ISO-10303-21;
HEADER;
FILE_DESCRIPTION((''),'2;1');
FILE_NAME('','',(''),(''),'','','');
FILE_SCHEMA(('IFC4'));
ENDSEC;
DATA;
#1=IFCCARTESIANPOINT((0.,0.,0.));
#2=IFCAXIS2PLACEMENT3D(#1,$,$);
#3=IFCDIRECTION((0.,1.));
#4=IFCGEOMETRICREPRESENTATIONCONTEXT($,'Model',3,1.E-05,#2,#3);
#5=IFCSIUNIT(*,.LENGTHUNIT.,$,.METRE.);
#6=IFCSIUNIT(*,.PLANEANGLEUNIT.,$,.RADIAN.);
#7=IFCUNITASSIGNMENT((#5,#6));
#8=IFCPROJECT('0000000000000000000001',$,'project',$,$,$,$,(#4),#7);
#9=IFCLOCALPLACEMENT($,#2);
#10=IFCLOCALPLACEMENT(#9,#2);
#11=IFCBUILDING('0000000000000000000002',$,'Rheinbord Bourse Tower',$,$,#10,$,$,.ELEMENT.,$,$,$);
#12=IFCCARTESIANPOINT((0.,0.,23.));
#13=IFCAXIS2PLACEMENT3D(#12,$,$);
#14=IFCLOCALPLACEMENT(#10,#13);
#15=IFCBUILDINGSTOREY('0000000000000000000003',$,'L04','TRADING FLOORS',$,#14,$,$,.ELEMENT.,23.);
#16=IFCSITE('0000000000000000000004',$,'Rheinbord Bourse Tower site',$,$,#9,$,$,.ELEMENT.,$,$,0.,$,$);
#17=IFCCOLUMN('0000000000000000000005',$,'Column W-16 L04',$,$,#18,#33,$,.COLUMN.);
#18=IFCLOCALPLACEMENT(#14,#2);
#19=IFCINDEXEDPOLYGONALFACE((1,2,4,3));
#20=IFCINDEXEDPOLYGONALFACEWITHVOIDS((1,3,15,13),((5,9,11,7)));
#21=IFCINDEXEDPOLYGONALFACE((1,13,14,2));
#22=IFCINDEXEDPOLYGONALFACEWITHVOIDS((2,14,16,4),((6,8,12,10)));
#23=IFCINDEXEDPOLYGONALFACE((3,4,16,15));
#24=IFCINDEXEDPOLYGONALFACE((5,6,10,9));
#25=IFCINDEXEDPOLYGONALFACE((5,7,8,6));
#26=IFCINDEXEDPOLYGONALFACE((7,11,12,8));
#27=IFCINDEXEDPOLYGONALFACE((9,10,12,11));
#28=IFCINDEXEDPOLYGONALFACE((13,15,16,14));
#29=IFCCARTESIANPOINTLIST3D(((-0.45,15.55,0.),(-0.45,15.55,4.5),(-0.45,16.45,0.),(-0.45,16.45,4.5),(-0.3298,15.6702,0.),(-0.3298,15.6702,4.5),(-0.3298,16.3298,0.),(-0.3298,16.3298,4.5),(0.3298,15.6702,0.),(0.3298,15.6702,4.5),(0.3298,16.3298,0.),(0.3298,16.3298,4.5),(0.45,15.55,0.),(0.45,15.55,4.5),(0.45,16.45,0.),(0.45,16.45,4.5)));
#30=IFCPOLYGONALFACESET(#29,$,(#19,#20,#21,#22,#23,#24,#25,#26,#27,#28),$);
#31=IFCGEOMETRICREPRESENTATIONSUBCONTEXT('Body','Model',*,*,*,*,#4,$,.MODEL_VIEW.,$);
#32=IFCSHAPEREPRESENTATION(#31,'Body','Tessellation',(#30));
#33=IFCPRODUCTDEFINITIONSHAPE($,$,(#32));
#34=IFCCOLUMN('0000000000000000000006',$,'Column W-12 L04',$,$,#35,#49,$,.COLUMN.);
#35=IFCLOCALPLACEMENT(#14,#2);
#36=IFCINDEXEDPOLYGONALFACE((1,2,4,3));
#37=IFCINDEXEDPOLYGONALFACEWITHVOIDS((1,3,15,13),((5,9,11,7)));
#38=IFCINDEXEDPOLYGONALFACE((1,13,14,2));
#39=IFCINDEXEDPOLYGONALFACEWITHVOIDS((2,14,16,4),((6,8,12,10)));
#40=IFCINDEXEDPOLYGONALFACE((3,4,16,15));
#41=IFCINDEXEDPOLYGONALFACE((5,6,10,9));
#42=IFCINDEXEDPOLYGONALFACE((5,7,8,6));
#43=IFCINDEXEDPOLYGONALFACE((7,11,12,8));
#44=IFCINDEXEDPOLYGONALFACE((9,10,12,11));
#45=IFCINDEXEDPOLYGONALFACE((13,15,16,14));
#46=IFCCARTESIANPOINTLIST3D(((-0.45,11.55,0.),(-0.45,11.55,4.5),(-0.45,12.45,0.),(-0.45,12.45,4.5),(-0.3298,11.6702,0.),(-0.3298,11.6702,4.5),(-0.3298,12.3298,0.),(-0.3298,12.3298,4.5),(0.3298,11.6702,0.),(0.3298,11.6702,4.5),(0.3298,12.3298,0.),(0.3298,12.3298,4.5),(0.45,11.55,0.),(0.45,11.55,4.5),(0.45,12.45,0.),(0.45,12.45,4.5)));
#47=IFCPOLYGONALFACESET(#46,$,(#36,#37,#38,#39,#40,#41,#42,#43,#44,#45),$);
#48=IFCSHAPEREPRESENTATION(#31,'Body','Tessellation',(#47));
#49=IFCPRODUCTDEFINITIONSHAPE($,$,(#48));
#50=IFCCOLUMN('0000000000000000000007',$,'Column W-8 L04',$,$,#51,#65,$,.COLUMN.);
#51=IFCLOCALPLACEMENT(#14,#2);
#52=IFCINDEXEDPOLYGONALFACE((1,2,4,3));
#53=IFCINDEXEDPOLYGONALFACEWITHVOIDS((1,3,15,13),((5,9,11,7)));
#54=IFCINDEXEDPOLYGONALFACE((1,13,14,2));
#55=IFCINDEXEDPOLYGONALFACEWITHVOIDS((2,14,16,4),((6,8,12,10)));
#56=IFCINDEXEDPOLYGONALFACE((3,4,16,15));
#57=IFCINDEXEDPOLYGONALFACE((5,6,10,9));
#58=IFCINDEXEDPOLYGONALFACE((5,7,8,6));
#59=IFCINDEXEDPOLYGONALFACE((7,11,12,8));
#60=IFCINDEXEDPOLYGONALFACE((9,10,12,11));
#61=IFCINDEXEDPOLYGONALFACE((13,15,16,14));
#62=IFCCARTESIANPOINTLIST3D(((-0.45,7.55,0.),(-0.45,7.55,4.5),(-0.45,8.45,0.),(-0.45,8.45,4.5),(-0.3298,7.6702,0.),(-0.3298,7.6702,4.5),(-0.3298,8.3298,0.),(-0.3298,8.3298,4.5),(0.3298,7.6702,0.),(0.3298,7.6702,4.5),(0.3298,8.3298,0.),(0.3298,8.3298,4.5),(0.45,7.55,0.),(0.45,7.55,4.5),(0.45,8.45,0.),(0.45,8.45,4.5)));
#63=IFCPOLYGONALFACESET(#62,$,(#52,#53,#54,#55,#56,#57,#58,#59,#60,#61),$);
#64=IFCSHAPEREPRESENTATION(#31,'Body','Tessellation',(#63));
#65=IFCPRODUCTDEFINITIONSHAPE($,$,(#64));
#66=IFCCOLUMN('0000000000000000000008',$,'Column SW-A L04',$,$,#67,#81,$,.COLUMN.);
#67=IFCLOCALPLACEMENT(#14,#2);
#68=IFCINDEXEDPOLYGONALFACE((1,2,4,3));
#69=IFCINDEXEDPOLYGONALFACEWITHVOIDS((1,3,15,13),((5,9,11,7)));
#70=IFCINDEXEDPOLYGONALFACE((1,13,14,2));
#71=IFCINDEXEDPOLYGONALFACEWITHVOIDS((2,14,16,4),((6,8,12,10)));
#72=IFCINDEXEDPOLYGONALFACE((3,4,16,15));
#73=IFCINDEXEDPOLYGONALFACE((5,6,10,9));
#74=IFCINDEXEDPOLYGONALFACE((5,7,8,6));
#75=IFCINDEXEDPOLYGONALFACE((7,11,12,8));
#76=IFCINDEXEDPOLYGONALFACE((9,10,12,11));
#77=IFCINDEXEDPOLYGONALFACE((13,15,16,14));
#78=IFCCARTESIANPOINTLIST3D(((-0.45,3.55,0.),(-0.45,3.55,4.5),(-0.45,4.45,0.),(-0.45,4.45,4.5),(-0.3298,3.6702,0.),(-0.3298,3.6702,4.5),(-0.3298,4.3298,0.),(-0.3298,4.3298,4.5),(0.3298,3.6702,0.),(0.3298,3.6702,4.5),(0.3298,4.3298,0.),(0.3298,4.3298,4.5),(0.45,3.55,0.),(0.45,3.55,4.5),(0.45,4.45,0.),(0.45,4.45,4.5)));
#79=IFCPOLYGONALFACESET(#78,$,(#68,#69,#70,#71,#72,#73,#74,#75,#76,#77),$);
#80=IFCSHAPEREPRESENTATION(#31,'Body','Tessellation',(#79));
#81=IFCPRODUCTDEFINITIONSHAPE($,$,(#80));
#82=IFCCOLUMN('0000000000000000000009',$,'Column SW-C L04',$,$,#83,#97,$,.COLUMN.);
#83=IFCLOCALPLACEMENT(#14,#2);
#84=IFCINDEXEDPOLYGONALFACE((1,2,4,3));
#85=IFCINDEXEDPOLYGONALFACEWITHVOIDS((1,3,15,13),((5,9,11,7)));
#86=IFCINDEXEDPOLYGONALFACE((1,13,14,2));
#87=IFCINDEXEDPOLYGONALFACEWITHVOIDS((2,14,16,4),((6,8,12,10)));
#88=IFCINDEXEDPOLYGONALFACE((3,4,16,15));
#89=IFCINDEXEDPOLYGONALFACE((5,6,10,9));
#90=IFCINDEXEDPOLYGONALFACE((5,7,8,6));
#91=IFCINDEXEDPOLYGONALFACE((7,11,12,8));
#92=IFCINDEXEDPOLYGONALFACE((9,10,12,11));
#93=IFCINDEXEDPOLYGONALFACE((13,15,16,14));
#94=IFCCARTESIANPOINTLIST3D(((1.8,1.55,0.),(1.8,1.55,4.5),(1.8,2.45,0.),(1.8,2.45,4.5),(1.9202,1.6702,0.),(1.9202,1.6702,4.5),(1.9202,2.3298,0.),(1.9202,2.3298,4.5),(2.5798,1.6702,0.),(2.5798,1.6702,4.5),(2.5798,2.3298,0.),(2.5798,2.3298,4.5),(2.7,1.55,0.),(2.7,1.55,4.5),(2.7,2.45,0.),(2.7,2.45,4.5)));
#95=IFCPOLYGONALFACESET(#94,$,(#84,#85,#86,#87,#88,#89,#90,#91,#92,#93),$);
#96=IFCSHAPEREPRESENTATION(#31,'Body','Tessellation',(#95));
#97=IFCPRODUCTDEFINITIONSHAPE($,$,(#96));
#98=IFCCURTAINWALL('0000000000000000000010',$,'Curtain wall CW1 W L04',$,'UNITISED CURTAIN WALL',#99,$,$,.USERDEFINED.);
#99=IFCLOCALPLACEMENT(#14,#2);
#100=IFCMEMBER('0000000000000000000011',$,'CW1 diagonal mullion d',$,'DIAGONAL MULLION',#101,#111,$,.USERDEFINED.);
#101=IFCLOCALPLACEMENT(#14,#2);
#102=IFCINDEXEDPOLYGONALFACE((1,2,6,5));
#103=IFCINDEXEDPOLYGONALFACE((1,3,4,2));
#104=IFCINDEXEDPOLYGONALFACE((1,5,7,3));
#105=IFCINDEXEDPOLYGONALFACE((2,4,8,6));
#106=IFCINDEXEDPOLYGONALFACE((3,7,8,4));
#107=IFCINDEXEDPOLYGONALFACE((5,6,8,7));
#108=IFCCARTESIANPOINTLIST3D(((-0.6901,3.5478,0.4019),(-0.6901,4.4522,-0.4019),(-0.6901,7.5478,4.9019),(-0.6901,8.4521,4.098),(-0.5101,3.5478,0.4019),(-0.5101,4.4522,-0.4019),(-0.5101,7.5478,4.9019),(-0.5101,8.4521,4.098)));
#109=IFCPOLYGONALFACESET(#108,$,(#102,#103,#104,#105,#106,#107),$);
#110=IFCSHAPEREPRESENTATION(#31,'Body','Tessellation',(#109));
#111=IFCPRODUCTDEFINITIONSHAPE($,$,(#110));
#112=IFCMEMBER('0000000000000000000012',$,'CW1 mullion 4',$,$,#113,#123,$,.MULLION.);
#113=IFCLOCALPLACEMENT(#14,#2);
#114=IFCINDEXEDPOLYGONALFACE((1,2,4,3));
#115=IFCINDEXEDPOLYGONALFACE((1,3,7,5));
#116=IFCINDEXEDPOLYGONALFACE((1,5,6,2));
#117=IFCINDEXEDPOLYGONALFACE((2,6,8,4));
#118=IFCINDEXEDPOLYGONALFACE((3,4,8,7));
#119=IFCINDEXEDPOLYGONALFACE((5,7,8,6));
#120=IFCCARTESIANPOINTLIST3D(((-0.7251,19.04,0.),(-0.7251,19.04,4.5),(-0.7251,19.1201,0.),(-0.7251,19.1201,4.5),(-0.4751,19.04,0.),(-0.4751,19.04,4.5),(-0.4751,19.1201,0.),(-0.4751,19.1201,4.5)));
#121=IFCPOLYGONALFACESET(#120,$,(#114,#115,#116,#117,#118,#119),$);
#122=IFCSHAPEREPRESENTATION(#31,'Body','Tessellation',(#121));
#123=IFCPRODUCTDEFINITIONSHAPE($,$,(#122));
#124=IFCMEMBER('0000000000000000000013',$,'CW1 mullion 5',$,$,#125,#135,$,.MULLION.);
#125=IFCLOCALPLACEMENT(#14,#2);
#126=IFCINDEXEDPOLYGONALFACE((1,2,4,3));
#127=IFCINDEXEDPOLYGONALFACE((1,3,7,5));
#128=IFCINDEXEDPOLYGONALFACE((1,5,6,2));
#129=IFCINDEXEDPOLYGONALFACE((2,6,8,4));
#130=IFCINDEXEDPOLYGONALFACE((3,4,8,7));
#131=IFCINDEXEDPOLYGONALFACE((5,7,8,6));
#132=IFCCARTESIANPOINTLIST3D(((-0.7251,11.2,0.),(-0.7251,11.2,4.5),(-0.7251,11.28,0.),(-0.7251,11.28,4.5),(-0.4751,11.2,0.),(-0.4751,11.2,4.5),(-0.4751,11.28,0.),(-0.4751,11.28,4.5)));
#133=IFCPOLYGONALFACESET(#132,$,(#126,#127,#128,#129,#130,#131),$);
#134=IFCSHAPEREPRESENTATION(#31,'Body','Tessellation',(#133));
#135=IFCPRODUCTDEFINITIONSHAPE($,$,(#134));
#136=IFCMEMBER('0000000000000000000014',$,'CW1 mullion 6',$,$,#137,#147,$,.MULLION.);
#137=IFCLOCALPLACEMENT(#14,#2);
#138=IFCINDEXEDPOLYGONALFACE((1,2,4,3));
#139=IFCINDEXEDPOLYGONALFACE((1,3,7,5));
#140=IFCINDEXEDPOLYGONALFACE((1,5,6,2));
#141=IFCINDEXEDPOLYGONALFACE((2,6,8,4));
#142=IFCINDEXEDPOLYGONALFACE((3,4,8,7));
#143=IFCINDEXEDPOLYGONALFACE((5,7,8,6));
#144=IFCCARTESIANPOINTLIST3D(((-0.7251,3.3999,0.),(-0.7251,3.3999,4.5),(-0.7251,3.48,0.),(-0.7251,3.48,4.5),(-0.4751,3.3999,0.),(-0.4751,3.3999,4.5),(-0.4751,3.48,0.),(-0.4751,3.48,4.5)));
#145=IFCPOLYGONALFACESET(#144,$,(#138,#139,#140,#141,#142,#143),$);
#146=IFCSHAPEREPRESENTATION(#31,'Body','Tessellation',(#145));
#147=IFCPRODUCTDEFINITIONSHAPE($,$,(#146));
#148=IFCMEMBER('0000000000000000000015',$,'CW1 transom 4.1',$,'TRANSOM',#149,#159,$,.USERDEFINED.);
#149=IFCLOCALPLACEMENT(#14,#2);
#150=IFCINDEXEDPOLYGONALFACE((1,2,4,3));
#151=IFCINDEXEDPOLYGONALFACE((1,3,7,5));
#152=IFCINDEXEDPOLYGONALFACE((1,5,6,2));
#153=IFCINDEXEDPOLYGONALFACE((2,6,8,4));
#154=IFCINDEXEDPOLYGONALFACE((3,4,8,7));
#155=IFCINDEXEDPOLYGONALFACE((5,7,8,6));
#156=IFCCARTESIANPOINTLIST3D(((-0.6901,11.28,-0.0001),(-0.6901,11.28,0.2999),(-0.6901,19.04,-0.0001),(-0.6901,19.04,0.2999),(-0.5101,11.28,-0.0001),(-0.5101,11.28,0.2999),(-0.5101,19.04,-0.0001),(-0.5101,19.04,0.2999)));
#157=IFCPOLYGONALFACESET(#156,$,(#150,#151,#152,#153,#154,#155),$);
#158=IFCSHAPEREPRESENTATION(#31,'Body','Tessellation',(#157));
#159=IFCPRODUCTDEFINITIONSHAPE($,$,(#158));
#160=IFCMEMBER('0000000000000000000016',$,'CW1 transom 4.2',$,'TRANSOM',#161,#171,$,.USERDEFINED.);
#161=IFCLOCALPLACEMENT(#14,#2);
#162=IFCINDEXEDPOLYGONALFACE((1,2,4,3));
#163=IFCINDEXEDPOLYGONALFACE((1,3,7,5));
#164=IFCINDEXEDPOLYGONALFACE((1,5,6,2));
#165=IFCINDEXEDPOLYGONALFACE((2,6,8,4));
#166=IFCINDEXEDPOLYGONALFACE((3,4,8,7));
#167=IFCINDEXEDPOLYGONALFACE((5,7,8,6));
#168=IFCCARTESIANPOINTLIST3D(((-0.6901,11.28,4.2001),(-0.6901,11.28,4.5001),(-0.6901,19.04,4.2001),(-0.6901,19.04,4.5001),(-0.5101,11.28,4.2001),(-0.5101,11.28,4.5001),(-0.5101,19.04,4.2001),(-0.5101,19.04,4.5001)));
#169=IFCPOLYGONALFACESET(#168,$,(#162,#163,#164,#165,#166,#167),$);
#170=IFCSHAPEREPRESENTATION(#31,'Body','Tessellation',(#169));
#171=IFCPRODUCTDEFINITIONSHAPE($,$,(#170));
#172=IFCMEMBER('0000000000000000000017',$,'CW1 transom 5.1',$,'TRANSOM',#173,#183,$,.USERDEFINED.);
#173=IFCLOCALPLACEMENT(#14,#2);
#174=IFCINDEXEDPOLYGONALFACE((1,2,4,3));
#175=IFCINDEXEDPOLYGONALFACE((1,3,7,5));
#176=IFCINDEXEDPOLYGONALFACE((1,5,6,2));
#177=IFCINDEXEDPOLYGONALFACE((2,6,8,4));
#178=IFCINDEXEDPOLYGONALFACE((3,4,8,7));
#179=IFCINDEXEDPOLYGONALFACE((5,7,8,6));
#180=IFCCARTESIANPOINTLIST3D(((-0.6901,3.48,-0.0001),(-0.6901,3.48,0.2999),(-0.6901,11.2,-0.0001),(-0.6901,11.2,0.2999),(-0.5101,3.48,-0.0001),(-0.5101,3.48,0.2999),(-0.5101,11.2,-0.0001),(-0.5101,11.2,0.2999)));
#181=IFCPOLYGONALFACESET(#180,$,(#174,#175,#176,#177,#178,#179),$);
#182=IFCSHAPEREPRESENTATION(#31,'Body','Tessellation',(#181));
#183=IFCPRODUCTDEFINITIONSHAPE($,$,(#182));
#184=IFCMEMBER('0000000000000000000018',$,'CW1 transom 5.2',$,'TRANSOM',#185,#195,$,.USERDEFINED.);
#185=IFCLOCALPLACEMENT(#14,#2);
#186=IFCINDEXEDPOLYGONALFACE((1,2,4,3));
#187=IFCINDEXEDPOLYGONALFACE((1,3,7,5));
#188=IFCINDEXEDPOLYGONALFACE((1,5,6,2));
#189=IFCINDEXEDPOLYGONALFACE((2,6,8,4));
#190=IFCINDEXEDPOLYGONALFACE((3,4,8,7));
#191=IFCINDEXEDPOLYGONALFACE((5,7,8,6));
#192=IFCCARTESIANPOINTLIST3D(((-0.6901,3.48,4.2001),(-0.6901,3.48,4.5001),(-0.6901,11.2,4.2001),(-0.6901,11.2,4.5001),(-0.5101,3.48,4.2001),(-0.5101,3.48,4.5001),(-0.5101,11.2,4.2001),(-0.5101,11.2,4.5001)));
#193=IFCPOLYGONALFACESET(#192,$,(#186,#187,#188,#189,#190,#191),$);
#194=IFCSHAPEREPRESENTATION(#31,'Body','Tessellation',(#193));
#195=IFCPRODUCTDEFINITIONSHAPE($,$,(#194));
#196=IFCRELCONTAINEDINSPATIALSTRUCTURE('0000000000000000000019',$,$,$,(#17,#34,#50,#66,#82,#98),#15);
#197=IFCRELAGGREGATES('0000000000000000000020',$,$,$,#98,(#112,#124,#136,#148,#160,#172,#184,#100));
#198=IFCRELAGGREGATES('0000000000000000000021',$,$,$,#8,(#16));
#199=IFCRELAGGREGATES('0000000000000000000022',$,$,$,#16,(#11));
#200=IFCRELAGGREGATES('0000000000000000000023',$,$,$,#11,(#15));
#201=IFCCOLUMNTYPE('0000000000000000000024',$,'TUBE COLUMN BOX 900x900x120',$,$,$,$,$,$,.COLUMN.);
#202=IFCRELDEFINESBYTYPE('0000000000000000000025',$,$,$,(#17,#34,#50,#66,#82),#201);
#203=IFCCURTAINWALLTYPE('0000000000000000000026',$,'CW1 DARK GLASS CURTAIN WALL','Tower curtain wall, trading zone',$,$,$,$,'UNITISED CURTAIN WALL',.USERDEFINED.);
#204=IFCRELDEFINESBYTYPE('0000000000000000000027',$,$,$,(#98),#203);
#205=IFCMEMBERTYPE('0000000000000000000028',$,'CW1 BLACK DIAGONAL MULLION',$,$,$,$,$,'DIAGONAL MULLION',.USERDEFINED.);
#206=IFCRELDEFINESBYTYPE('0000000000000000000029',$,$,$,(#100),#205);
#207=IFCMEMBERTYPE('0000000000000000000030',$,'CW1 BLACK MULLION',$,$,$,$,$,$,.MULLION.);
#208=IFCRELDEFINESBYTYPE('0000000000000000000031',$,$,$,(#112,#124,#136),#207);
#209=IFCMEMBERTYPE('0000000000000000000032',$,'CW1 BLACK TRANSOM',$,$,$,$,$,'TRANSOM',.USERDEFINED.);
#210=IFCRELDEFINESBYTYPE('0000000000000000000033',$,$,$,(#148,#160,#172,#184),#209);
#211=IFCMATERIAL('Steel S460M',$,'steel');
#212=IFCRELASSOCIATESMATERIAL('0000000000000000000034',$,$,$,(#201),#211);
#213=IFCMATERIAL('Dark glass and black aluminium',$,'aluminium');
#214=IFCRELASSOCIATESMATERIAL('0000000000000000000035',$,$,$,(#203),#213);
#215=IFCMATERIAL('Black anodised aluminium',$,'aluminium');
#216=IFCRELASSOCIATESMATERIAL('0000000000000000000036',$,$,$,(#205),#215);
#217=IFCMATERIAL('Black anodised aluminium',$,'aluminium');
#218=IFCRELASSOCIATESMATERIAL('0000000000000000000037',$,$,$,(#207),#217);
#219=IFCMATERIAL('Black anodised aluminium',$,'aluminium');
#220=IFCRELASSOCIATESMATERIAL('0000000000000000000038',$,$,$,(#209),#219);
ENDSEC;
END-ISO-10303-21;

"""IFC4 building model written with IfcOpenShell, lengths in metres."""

from ifc_helpers import new_model, si_unit, direction, frame, origin, origin_2d, place, context, subcontext, project, spatial, rectangle, hollow_rectangle, extrude, material, material_profile, profile_set, type_object, element, aggregate, save


model = new_model("IFC4")

# Units and contexts
model_context = context("Model", 3, precision=1e-05, world=origin(), true_north=direction((0.0, 1.0)))
body_context = subcontext(model_context, "Body", "Model", "MODEL_VIEW")
ifc_project = project(units=[si_unit("LENGTHUNIT", "METRE"), si_unit("PLANEANGLEUNIT", "RADIAN")], contexts=[model_context])

# Site, building, storey
site_placement = place(None, origin())
site = spatial("IfcSite", under=ifc_project, at=site_placement, Name="Rheinbord Bourse Tower site", CompositionType="ELEMENT", RefElevation=0.0)
building_placement = place(site_placement, origin())
building = spatial("IfcBuilding", under=site, at=building_placement, Name="Rheinbord Bourse Tower", CompositionType="ELEMENT")
storey_placement = place(building_placement, frame((0.0, 0.0, 23.0)))
storey = spatial("IfcBuildingStorey", under=building, at=storey_placement, Name="L04", Description="TRADING FLOORS", CompositionType="ELEMENT", Elevation=23.0)

# Columns
ifc_material_1 = material(Name="Steel S460M", Category="steel")
ifc_material_profile_1 = material_profile(ifc_material_1, hollow_rectangle(XDim=0.8999, YDim=0.8999, WallThickness=0.1201, at=origin_2d()), Name="BOX 900x900x120")
ifc_profile_set_1 = profile_set([ifc_material_profile_1], Name="Steel S460M")
column_type = type_object("IfcColumnType", Name="TUBE COLUMN BOX 900x900x120", PredefinedType="COLUMN", material=ifc_profile_set_1)
for number, where, z_axis, x_axis, name in (
    (1, (0.0, 16.0, 0.0), (0.0, 0.0, 1.0), (1.0, 0.0, 0.0), "Column W-16 L04"),
    (2, (0.0, 12.0, 0.0), (0.0, 0.0, 1.0), (1.0, 0.0, 0.0), "Column W-12 L04"),
    (3, (0.0, 8.0, 0.0), (0.0, 0.0, 1.0), (1.0, 0.0, 0.0), "Column W-8 L04"),
    (4, (0.0, 4.0, 0.0), (0.0, 0.0, 1.0), (1.0, 0.0, 0.0), "Column SW-A L04"),
    (5, (2.25, 2.0, 0.0), (0.0, 0.0, 1.0), (1.0, 0.0, 0.0), "Column SW-C L04"),
):
    element("IfcColumn", number, at=place(storey_placement, frame(where, z_axis=z_axis, x_axis=x_axis)), inside=storey, type_object=column_type, Name=name, PredefinedType="COLUMN", context=body_context, shape_type="SweptSolid", body=[
        extrude(hollow_rectangle(XDim=0.8999, YDim=0.8999, WallThickness=0.1201, at=origin_2d()), origin(), (0.0, 0.0, 1.0), 4.5),
    ])

# Curtain wall, members
ifc_material_2 = material(Name="Dark glass and black aluminium", Category="aluminium")
curtain_wall_type = type_object("IfcCurtainWallType", Name="CW1 DARK GLASS CURTAIN WALL", Description="Tower curtain wall, trading zone", ElementType="UNITISED CURTAIN WALL", PredefinedType="USERDEFINED", material=ifc_material_2)
curtain_wall_placement = place(storey_placement, origin())
curtain_wall = element("IfcCurtainWall", 6, at=curtain_wall_placement, inside=storey, type_object=curtain_wall_type, Name="Curtain wall CW1 W L04", ObjectType="UNITISED CURTAIN WALL", PredefinedType="USERDEFINED")
ifc_material_3 = material(Name="Black anodised aluminium", Category="aluminium")
ifc_material_profile_2 = material_profile(ifc_material_3, rectangle(XDim=0.1799, YDim=1.21, at=origin_2d()), Name="CW1 DIAGONAL MULLION 1210x180")
ifc_profile_set_2 = profile_set([ifc_material_profile_2], Name="Black anodised aluminium")
member_type_1 = type_object("IfcMemberType", Name="CW1 BLACK DIAGONAL MULLION", ElementType="DIAGONAL MULLION", PredefinedType="USERDEFINED", material=ifc_profile_set_2)
member_1_placement = place(storey_placement, frame((-0.6001, 4.0, 0.0), z_axis=(0.0, 0.664364, 0.747409), x_axis=(-1.0, 0.0, 0.0)))
member_1 = element("IfcMember", 7, at=member_1_placement, type_object=member_type_1, Name="CW1 diagonal mullion d", ObjectType="DIAGONAL MULLION", PredefinedType="USERDEFINED", context=body_context, shape_type="SweptSolid", body=[
    extrude(rectangle(XDim=0.1799, YDim=1.21, at=origin_2d()), origin(), (0.0, 0.0, 1.0), 6.0208),
])
ifc_material_4 = material(Name="Black anodised aluminium", Category="aluminium")
ifc_material_profile_3 = material_profile(ifc_material_4, rectangle(XDim=0.25, YDim=0.0801, at=origin_2d()), Name="CW1 MULLION 80x250")
ifc_profile_set_3 = profile_set([ifc_material_profile_3], Name="Black anodised aluminium")
member_type_2 = type_object("IfcMemberType", Name="CW1 BLACK MULLION", PredefinedType="MULLION", material=ifc_profile_set_3)
member_2_placement = place(storey_placement, frame((-0.6001, 19.0801, 0.0), z_axis=(0.0, 0.0, 1.0), x_axis=(1.0, 0.0, 0.0)))
member_2 = element("IfcMember", 8, at=member_2_placement, type_object=member_type_2, Name="CW1 mullion 4", PredefinedType="MULLION", context=body_context, shape_type="SweptSolid", body=[
    extrude(rectangle(XDim=0.25, YDim=0.0801, at=origin_2d()), origin(), (0.0, 0.0, 1.0), 4.5),
])
member_3_placement = place(storey_placement, frame((-0.6001, 11.24, 0.0), z_axis=(0.0, 0.0, 1.0), x_axis=(1.0, 0.0, 0.0)))
member_3 = element("IfcMember", 9, at=member_3_placement, type_object=member_type_2, Name="CW1 mullion 5", PredefinedType="MULLION", context=body_context, shape_type="SweptSolid", body=[
    extrude(rectangle(XDim=0.25, YDim=0.0801, at=origin_2d()), origin(), (0.0, 0.0, 1.0), 4.5),
])
member_4_placement = place(storey_placement, frame((-0.6001, 3.4399, 0.0), z_axis=(0.0, 0.0, 1.0), x_axis=(1.0, 0.0, 0.0)))
member_4 = element("IfcMember", 10, at=member_4_placement, type_object=member_type_2, Name="CW1 mullion 6", PredefinedType="MULLION", context=body_context, shape_type="SweptSolid", body=[
    extrude(rectangle(XDim=0.25, YDim=0.0801, at=origin_2d()), origin(), (0.0, 0.0, 1.0), 4.5),
])
ifc_material_5 = material(Name="Black anodised aluminium", Category="aluminium")
ifc_material_profile_4 = material_profile(ifc_material_5, rectangle(XDim=0.1799, YDim=0.3, at=origin_2d()), Name="CW1 TRANSOM 300x180")
ifc_profile_set_4 = profile_set([ifc_material_profile_4], Name="Black anodised aluminium")
member_type_3 = type_object("IfcMemberType", Name="CW1 BLACK TRANSOM", ElementType="TRANSOM", PredefinedType="USERDEFINED", material=ifc_profile_set_4)
member_5_placement = place(storey_placement, frame((-0.6001, 19.04, 0.1499), z_axis=(0.0, -1.0, 0.0), x_axis=(1.0, 0.0, 0.0)))
member_5 = element("IfcMember", 11, at=member_5_placement, type_object=member_type_3, Name="CW1 transom 4.1", ObjectType="TRANSOM", PredefinedType="USERDEFINED", context=body_context, shape_type="SweptSolid", body=[
    extrude(rectangle(XDim=0.1799, YDim=0.3, at=origin_2d()), origin(), (0.0, 0.0, 1.0), 7.76),
])
member_6_placement = place(storey_placement, frame((-0.6001, 19.04, 4.3501), z_axis=(0.0, -1.0, 0.0), x_axis=(1.0, 0.0, 0.0)))
member_6 = element("IfcMember", 12, at=member_6_placement, type_object=member_type_3, Name="CW1 transom 4.2", ObjectType="TRANSOM", PredefinedType="USERDEFINED", context=body_context, shape_type="SweptSolid", body=[
    extrude(rectangle(XDim=0.1799, YDim=0.3, at=origin_2d()), origin(), (0.0, 0.0, 1.0), 7.76),
])
member_7_placement = place(storey_placement, frame((-0.6001, 11.2, 0.1499), z_axis=(0.0, -1.0, 0.0), x_axis=(1.0, 0.0, 0.0)))
member_7 = element("IfcMember", 13, at=member_7_placement, type_object=member_type_3, Name="CW1 transom 5.1", ObjectType="TRANSOM", PredefinedType="USERDEFINED", context=body_context, shape_type="SweptSolid", body=[
    extrude(rectangle(XDim=0.1799, YDim=0.3, at=origin_2d()), origin(), (0.0, 0.0, 1.0), 7.72),
])
member_8_placement = place(storey_placement, frame((-0.6001, 11.2, 4.3501), z_axis=(0.0, -1.0, 0.0), x_axis=(1.0, 0.0, 0.0)))
member_8 = element("IfcMember", 14, at=member_8_placement, type_object=member_type_3, Name="CW1 transom 5.2", ObjectType="TRANSOM", PredefinedType="USERDEFINED", context=body_context, shape_type="SweptSolid", body=[
    extrude(rectangle(XDim=0.1799, YDim=0.3, at=origin_2d()), origin(), (0.0, 0.0, 1.0), 7.72),
])

aggregate(curtain_wall, [member_2, member_3, member_4, member_5, member_6, member_7, member_8, member_1])

save(model, "model.ifc")
